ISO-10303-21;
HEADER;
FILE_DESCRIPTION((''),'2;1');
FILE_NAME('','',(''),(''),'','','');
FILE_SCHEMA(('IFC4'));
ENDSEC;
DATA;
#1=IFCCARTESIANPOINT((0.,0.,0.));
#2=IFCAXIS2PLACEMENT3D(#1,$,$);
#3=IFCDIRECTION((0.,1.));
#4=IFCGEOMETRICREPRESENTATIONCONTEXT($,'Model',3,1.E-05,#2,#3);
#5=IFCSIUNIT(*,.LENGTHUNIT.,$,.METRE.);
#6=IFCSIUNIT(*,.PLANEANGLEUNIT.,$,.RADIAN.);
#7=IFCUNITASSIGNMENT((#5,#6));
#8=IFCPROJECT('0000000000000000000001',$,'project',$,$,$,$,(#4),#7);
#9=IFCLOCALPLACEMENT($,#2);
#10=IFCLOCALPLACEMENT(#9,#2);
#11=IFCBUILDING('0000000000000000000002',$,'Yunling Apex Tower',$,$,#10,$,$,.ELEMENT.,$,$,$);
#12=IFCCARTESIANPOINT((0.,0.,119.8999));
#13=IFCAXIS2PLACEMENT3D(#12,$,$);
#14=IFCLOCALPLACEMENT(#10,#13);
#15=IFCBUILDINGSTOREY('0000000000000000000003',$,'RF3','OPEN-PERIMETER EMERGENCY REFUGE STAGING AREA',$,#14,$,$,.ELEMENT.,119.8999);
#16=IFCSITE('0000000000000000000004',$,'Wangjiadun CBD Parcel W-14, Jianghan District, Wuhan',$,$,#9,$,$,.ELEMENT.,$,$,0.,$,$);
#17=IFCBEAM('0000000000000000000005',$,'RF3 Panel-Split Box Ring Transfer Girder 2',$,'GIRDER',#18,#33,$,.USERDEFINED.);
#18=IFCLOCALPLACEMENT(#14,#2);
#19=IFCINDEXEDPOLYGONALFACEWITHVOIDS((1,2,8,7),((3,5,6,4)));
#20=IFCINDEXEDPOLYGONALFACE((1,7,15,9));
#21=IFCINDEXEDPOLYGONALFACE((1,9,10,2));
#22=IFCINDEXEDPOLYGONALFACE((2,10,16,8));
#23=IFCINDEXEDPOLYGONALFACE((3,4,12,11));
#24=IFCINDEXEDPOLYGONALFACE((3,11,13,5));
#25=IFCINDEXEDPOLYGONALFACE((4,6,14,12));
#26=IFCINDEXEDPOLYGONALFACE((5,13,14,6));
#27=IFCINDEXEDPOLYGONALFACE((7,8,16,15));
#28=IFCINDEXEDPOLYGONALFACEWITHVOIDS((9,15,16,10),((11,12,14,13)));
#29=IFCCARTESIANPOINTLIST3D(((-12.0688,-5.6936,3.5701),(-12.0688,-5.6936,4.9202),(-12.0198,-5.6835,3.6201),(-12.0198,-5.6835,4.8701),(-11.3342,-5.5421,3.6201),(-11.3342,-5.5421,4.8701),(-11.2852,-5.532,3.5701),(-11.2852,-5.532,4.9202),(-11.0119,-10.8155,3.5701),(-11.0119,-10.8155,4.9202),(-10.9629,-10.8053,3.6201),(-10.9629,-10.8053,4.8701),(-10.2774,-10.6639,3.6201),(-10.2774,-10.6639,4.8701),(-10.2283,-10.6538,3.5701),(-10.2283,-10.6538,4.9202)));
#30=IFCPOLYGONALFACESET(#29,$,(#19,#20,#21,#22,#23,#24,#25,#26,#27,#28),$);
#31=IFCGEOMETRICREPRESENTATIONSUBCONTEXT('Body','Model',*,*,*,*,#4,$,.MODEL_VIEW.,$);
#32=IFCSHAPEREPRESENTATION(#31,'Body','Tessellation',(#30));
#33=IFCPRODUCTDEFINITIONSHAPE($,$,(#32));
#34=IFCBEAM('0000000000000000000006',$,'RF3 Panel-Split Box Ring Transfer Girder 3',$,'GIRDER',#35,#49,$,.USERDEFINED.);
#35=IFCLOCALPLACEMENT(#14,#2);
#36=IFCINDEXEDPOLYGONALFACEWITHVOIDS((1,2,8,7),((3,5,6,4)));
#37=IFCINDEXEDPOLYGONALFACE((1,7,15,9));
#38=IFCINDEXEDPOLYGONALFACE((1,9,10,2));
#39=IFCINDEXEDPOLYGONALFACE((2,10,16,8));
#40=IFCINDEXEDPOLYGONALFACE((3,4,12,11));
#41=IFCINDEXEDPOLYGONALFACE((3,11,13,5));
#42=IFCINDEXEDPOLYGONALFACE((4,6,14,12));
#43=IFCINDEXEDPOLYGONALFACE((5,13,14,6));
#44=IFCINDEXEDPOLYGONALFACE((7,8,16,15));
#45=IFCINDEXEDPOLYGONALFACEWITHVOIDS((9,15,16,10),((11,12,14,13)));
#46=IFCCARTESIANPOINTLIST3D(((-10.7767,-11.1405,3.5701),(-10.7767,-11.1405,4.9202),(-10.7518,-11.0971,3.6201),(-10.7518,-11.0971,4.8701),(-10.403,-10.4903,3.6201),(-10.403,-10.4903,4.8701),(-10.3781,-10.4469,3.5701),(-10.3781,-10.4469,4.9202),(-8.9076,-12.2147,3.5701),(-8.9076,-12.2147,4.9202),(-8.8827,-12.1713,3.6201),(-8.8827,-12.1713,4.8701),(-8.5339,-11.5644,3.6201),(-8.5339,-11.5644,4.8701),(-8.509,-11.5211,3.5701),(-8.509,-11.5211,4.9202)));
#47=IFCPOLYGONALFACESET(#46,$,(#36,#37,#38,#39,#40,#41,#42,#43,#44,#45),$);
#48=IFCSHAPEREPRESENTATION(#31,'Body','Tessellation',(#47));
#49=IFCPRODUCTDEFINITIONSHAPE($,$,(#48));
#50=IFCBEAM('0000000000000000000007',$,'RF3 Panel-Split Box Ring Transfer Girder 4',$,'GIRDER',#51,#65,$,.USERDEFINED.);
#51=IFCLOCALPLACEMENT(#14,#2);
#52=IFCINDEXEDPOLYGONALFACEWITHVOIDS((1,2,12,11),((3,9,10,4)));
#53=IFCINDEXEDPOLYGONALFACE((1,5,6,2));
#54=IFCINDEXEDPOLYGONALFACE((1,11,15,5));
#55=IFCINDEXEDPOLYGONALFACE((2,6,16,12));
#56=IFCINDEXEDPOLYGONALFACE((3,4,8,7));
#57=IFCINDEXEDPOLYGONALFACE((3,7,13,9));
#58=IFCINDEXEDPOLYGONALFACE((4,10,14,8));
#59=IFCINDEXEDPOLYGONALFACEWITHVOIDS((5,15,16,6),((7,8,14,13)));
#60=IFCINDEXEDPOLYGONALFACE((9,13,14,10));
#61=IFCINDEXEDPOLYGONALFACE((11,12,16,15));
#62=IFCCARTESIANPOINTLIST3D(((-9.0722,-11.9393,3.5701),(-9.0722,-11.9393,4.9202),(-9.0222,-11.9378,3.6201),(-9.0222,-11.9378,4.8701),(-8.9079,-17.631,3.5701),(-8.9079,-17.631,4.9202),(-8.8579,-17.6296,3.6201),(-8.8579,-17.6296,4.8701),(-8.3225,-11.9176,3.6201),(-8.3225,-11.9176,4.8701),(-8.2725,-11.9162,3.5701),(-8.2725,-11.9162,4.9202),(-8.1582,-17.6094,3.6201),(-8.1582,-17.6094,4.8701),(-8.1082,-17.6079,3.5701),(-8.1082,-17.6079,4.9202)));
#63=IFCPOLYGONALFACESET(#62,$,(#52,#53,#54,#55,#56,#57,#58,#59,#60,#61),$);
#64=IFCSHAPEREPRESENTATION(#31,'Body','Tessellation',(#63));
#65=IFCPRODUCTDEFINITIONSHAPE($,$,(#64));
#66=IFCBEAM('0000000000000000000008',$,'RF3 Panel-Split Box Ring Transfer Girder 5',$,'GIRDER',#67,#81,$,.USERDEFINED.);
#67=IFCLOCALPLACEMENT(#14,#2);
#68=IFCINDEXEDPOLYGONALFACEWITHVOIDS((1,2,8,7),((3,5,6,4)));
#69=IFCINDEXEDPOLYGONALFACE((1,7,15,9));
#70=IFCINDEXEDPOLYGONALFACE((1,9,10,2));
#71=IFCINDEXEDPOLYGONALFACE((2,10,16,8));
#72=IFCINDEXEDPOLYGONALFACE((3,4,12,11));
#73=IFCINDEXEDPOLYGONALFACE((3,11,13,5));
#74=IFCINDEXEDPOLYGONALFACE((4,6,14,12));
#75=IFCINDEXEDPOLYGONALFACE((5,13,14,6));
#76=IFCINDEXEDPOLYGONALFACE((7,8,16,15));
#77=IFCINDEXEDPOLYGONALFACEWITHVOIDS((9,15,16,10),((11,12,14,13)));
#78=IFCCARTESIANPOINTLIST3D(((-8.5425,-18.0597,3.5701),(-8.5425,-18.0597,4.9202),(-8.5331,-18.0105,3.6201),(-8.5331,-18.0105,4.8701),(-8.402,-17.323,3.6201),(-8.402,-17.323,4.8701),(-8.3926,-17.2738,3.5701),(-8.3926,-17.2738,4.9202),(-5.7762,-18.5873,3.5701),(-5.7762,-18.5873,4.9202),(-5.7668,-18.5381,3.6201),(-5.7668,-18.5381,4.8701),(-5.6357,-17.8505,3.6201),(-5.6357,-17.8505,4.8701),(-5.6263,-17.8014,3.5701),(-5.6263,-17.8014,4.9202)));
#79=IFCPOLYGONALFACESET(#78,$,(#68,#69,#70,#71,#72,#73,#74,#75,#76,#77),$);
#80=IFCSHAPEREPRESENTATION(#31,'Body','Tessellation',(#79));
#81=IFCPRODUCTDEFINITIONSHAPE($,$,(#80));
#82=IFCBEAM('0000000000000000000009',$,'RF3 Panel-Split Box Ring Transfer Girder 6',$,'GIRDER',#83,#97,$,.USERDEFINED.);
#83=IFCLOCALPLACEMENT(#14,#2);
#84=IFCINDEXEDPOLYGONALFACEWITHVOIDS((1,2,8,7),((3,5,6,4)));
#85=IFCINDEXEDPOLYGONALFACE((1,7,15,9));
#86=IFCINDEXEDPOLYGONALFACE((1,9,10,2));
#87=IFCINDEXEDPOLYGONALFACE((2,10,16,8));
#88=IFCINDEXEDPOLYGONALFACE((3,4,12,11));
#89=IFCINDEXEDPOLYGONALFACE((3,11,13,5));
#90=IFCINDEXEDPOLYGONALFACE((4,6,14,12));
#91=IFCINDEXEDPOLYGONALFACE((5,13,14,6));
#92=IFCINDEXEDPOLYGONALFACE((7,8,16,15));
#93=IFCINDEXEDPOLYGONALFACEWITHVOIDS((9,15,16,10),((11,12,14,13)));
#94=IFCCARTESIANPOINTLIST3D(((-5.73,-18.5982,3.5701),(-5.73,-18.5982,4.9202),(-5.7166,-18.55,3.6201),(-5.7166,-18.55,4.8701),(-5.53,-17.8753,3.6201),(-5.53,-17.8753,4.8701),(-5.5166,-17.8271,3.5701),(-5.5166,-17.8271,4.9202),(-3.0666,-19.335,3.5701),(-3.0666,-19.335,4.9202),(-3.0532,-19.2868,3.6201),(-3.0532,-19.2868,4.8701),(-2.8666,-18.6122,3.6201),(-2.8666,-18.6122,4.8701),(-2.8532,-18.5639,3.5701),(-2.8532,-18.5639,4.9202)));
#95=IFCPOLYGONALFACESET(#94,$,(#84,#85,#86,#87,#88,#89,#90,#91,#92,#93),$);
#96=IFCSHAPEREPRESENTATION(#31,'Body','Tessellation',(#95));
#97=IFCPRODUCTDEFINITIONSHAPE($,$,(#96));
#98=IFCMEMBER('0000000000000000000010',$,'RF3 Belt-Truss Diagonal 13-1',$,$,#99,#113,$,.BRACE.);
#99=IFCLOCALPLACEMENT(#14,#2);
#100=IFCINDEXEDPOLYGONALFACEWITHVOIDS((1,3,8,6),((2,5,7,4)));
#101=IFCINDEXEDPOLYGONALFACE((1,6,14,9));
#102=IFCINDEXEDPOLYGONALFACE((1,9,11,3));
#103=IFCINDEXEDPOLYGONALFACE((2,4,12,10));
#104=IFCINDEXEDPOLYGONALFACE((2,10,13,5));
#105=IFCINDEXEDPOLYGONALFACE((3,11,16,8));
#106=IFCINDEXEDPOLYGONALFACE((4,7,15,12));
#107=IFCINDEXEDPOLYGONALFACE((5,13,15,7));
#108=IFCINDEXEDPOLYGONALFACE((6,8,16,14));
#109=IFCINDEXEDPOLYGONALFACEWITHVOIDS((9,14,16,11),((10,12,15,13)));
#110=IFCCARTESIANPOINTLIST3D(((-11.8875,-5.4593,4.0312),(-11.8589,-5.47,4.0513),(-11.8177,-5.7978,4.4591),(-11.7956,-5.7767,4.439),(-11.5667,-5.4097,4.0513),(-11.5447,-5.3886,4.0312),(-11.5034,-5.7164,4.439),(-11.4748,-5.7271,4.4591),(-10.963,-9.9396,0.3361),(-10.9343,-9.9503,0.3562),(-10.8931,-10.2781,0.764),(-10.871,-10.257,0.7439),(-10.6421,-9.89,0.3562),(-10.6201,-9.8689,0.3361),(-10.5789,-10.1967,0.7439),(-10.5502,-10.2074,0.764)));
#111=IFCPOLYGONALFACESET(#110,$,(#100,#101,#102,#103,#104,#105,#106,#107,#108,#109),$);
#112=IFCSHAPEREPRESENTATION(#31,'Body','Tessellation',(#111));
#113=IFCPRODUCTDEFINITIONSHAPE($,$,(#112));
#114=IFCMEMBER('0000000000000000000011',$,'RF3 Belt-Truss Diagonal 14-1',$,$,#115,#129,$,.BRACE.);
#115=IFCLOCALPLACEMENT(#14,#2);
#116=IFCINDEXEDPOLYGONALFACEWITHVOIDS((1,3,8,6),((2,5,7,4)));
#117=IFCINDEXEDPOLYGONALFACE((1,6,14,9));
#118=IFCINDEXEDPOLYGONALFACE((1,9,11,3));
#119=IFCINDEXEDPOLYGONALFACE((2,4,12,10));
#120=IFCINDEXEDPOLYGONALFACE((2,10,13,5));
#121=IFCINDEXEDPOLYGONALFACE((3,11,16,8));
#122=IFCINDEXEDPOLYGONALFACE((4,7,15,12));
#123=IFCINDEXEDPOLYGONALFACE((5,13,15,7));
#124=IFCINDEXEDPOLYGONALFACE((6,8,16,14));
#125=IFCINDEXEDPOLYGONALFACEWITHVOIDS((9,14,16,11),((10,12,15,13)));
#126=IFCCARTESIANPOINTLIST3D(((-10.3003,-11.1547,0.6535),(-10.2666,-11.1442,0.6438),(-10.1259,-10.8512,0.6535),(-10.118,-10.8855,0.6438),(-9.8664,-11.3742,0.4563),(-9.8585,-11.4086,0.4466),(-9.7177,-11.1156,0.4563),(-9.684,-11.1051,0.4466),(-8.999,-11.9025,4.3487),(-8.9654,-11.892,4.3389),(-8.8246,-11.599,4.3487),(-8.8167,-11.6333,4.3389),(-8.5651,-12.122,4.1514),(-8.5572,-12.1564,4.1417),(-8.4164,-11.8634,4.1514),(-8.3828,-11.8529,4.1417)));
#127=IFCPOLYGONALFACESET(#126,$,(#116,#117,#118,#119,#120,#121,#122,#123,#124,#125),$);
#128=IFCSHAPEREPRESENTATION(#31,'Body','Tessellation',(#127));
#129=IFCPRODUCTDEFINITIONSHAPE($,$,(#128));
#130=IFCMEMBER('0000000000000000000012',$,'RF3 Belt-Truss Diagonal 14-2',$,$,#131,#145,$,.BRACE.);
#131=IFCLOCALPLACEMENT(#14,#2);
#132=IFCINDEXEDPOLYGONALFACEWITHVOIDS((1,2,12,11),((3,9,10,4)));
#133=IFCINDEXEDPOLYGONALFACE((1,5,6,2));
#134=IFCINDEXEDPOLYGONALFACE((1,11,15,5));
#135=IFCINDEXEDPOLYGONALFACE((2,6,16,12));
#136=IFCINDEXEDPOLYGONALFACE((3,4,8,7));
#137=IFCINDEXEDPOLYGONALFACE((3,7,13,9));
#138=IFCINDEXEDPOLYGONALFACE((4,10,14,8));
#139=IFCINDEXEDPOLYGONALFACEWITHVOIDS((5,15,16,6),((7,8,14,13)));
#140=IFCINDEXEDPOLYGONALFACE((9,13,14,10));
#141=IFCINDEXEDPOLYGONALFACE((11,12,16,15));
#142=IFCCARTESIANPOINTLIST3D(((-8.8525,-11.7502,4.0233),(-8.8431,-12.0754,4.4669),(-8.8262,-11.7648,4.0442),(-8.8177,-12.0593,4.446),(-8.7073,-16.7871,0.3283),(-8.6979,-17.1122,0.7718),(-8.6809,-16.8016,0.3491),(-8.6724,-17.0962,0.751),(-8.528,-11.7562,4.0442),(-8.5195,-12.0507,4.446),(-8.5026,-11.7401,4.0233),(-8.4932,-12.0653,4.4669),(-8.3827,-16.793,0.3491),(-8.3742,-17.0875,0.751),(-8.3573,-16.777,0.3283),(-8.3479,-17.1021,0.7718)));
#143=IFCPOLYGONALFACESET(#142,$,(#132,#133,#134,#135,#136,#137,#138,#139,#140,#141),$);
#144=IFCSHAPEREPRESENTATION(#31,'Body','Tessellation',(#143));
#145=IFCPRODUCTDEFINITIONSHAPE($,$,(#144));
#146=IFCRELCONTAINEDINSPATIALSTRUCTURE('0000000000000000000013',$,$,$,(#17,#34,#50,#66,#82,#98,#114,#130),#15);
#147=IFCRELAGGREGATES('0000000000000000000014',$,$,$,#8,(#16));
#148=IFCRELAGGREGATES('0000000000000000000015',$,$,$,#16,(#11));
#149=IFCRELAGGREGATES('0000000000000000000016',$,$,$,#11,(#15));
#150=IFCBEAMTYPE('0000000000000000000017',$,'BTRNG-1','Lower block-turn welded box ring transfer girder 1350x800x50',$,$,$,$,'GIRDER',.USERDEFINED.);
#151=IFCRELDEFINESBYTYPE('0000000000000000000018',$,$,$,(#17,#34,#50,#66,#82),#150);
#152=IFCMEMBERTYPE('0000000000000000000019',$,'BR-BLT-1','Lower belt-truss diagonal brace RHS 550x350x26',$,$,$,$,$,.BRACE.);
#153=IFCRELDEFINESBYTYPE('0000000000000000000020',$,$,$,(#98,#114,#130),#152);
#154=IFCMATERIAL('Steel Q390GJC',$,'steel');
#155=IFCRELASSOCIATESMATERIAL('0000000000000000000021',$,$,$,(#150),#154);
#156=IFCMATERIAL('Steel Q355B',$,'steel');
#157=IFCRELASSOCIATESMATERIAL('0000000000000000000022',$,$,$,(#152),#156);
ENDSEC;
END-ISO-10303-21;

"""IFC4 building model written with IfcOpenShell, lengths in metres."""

from ifc_helpers import new_model, si_unit, direction, frame, origin, origin_2d, place, context, subcontext, project, spatial, hollow_rectangle, extrude, source, transform, mapped, material, material_profile, profile_set, type_object, element, save


model = new_model("IFC4")

# Units and contexts
model_context = context("Model", 3, precision=1e-05, world=origin(), true_north=direction((0.0, 1.0)))
body_context = subcontext(model_context, "Body", "Model", "MODEL_VIEW")
ifc_project = project(units=[si_unit("LENGTHUNIT", "METRE"), si_unit("PLANEANGLEUNIT", "RADIAN")], contexts=[model_context])

# Site, building, storey
site_placement = place(None, origin())
site = spatial("IfcSite", under=ifc_project, at=site_placement, Name="Wangjiadun CBD Parcel W-14, Jianghan District, Wuhan", CompositionType="ELEMENT", RefElevation=0.0)
building_placement = place(site_placement, origin())
building = spatial("IfcBuilding", under=site, at=building_placement, Name="Yunling Apex Tower", CompositionType="ELEMENT")
storey_placement = place(building_placement, frame((0.0, 0.0, 119.8999)))
storey = spatial("IfcBuildingStorey", under=building, at=storey_placement, Name="RF3", Description="OPEN-PERIMETER EMERGENCY REFUGE STAGING AREA", CompositionType="ELEMENT", Elevation=119.8999)

# Shared definitions
ifc_material_1 = material(Name="Steel Q390GJC", Category="steel")

# Shared definitions
ifc_material_2 = material(Name="Steel Q355B", Category="steel")

# Beams
ifc_material_profile_1 = material_profile(ifc_material_1, hollow_rectangle(XDim=0.8, YDim=1.3501, WallThickness=0.05, at=origin_2d()))
ifc_profile_set_1 = profile_set([ifc_material_profile_1], Name="Steel Q390GJC")
beam_type_1 = type_object("IfcBeamType", Name="BTRNG-1", Description="Lower block-turn welded box ring transfer girder 1350x800x50", ElementType="GIRDER", PredefinedType="USERDEFINED", material=ifc_profile_set_1)
shared_shape_1 = source(origin(), body_context, "Body", "SweptSolid", [
    extrude(hollow_rectangle(XDim=0.8, YDim=1.3501, WallThickness=0.05, at=origin_2d()), origin(), (0.0, 0.0, 1.0), 5.2297),
])
beam_1_placement = place(storey_placement, frame((-11.677, -5.6128, 4.2451), z_axis=(0.202092, -0.979367, 0.0), x_axis=(0.979367, 0.202092, 0.0)))
element("IfcBeam", 1, at=beam_1_placement, inside=storey, type_object=beam_type_1, Name="RF3 Panel-Split Box Ring Transfer Girder 2", ObjectType="GIRDER", PredefinedType="USERDEFINED", context=body_context, shape_type="MappedRepresentation", body=[
    mapped(shared_shape_1, transform((0.0, 0.0, 0.0), scale=1.0)),
])
shared_shape_2 = source(origin(), body_context, "Body", "SweptSolid", [
    extrude(hollow_rectangle(XDim=0.8, YDim=1.3501, WallThickness=0.05, at=origin_2d()), origin(), (0.0, 0.0, 1.0), 2.1558),
])
beam_2_placement = place(storey_placement, frame((-10.5774, -10.7937, 4.2451), z_axis=(0.867014, -0.498284, 0.0), x_axis=(0.498284, 0.867014, 0.0)))
element("IfcBeam", 2, at=beam_2_placement, inside=storey, type_object=beam_type_1, Name="RF3 Panel-Split Box Ring Transfer Girder 3", ObjectType="GIRDER", PredefinedType="USERDEFINED", context=body_context, shape_type="MappedRepresentation", body=[
    mapped(shared_shape_2, transform((0.0, 0.0, 0.0), scale=1.0)),
])
shared_shape_3 = source(origin(), body_context, "Body", "SweptSolid", [
    extrude(hollow_rectangle(XDim=0.8, YDim=1.3501, WallThickness=0.05, at=origin_2d()), origin(), (0.0, 0.0, 1.0), 5.6941),
])
beam_3_placement = place(storey_placement, frame((-8.6724, -11.9277, 4.2451), z_axis=(0.028856, -0.999584, 0.0), x_axis=(0.999584, 0.028856, 0.0)))
element("IfcBeam", 3, at=beam_3_placement, inside=storey, type_object=beam_type_1, Name="RF3 Panel-Split Box Ring Transfer Girder 4", ObjectType="GIRDER", PredefinedType="USERDEFINED", context=body_context, shape_type="MappedRepresentation", body=[
    mapped(shared_shape_3, transform((0.0, 0.0, 0.0), scale=1.0)),
])
shared_shape_4 = source(origin(), body_context, "Body", "SweptSolid", [
    extrude(hollow_rectangle(XDim=0.8, YDim=1.3501, WallThickness=0.05, at=origin_2d()), origin(), (0.0, 0.0, 1.0), 2.8162),
])
beam_4_placement = place(storey_placement, frame((-8.4675, -17.6667, 4.2451), z_axis=(0.982295, -0.187339, 0.0), x_axis=(0.187339, 0.982295, 0.0)))
element("IfcBeam", 4, at=beam_4_placement, inside=storey, type_object=beam_type_1, Name="RF3 Panel-Split Box Ring Transfer Girder 5", ObjectType="GIRDER", PredefinedType="USERDEFINED", context=body_context, shape_type="MappedRepresentation", body=[
    mapped(shared_shape_4, transform((0.0, 0.0, 0.0), scale=1.0)),
])
shared_shape_5 = source(origin(), body_context, "Body", "SweptSolid", [
    extrude(hollow_rectangle(XDim=0.8, YDim=1.3501, WallThickness=0.05, at=origin_2d()), origin(), (0.0, 0.0, 1.0), 2.7634),
])
beam_5_placement = place(storey_placement, frame((-5.6233, -18.2126, 4.2451), z_axis=(0.963797, -0.266637, 0.0), x_axis=(0.266637, 0.963797, 0.0)))
element("IfcBeam", 5, at=beam_5_placement, inside=storey, type_object=beam_type_1, Name="RF3 Panel-Split Box Ring Transfer Girder 6", ObjectType="GIRDER", PredefinedType="USERDEFINED", context=body_context, shape_type="MappedRepresentation", body=[
    mapped(shared_shape_5, transform((0.0, 0.0, 0.0), scale=1.0)),
])

# Members
ifc_material_profile_2 = material_profile(ifc_material_2, hollow_rectangle(XDim=0.3501, YDim=0.55, WallThickness=0.0259, at=origin_2d()))
ifc_profile_set_2 = profile_set([ifc_material_profile_2], Name="Steel Q355B")
member_type_1 = type_object("IfcMemberType", Name="BR-BLT-1", Description="Lower belt-truss diagonal brace RHS 550x350x26", PredefinedType="BRACE", material=ifc_profile_set_2)
shared_shape_6 = source(origin(), body_context, "Body", "SweptSolid", [
    extrude(hollow_rectangle(XDim=0.3501, YDim=0.55, WallThickness=0.0259, at=origin_2d()), origin(), (0.0, 0.0, 1.0), 5.8806),
])
member_1_placement = place(storey_placement, frame((-10.7566, -10.0735, 0.55), z_axis=(-0.157224, 0.761873, 0.628355), x_axis=(-0.979364, -0.202106, 0.0)))
element("IfcMember", 6, at=member_1_placement, inside=storey, type_object=member_type_1, Name="RF3 Belt-Truss Diagonal 13-1", PredefinedType="BRACE", context=body_context, shape_type="MappedRepresentation", body=[
    mapped(shared_shape_6, transform((0.0, 0.0, 0.0), scale=1.0)),
])
shared_shape_7 = source(origin(), body_context, "Body", "SweptSolid", [
    extrude(hollow_rectangle(XDim=0.3501, YDim=0.55, WallThickness=0.0259, at=origin_2d()), origin(), (0.0, 0.0, 1.0), 3.9883),
])
member_2_placement = place(storey_placement, frame((-9.9922, -11.1299, 0.55), z_axis=(0.326277, -0.187502, 0.926491), x_axis=(0.498257, 0.867029, 0.0)))
element("IfcMember", 7, at=member_2_placement, inside=storey, type_object=member_type_1, Name="RF3 Belt-Truss Diagonal 14-1", PredefinedType="BRACE", context=body_context, shape_type="MappedRepresentation", body=[
    mapped(shared_shape_7, transform((0.0, 0.0, 0.0), scale=1.0)),
])
shared_shape_8 = source(origin(), body_context, "Body", "SweptSolid", [
    extrude(hollow_rectangle(XDim=0.3501, YDim=0.55, WallThickness=0.0259, at=origin_2d()), origin(), (0.0, 0.0, 1.0), 6.2485),
])
member_3_placement = place(storey_placement, frame((-8.5276, -16.9446, 0.55), z_axis=(-0.023248, 0.806083, 0.591346), x_axis=(-0.999584, -0.028828, 0.0)))
element("IfcMember", 8, at=member_3_placement, inside=storey, type_object=member_type_1, Name="RF3 Belt-Truss Diagonal 14-2", PredefinedType="BRACE", context=body_context, shape_type="MappedRepresentation", body=[
    mapped(shared_shape_8, transform((0.0, 0.0, 0.0), scale=1.0)),
])

save(model, "model.ifc")
